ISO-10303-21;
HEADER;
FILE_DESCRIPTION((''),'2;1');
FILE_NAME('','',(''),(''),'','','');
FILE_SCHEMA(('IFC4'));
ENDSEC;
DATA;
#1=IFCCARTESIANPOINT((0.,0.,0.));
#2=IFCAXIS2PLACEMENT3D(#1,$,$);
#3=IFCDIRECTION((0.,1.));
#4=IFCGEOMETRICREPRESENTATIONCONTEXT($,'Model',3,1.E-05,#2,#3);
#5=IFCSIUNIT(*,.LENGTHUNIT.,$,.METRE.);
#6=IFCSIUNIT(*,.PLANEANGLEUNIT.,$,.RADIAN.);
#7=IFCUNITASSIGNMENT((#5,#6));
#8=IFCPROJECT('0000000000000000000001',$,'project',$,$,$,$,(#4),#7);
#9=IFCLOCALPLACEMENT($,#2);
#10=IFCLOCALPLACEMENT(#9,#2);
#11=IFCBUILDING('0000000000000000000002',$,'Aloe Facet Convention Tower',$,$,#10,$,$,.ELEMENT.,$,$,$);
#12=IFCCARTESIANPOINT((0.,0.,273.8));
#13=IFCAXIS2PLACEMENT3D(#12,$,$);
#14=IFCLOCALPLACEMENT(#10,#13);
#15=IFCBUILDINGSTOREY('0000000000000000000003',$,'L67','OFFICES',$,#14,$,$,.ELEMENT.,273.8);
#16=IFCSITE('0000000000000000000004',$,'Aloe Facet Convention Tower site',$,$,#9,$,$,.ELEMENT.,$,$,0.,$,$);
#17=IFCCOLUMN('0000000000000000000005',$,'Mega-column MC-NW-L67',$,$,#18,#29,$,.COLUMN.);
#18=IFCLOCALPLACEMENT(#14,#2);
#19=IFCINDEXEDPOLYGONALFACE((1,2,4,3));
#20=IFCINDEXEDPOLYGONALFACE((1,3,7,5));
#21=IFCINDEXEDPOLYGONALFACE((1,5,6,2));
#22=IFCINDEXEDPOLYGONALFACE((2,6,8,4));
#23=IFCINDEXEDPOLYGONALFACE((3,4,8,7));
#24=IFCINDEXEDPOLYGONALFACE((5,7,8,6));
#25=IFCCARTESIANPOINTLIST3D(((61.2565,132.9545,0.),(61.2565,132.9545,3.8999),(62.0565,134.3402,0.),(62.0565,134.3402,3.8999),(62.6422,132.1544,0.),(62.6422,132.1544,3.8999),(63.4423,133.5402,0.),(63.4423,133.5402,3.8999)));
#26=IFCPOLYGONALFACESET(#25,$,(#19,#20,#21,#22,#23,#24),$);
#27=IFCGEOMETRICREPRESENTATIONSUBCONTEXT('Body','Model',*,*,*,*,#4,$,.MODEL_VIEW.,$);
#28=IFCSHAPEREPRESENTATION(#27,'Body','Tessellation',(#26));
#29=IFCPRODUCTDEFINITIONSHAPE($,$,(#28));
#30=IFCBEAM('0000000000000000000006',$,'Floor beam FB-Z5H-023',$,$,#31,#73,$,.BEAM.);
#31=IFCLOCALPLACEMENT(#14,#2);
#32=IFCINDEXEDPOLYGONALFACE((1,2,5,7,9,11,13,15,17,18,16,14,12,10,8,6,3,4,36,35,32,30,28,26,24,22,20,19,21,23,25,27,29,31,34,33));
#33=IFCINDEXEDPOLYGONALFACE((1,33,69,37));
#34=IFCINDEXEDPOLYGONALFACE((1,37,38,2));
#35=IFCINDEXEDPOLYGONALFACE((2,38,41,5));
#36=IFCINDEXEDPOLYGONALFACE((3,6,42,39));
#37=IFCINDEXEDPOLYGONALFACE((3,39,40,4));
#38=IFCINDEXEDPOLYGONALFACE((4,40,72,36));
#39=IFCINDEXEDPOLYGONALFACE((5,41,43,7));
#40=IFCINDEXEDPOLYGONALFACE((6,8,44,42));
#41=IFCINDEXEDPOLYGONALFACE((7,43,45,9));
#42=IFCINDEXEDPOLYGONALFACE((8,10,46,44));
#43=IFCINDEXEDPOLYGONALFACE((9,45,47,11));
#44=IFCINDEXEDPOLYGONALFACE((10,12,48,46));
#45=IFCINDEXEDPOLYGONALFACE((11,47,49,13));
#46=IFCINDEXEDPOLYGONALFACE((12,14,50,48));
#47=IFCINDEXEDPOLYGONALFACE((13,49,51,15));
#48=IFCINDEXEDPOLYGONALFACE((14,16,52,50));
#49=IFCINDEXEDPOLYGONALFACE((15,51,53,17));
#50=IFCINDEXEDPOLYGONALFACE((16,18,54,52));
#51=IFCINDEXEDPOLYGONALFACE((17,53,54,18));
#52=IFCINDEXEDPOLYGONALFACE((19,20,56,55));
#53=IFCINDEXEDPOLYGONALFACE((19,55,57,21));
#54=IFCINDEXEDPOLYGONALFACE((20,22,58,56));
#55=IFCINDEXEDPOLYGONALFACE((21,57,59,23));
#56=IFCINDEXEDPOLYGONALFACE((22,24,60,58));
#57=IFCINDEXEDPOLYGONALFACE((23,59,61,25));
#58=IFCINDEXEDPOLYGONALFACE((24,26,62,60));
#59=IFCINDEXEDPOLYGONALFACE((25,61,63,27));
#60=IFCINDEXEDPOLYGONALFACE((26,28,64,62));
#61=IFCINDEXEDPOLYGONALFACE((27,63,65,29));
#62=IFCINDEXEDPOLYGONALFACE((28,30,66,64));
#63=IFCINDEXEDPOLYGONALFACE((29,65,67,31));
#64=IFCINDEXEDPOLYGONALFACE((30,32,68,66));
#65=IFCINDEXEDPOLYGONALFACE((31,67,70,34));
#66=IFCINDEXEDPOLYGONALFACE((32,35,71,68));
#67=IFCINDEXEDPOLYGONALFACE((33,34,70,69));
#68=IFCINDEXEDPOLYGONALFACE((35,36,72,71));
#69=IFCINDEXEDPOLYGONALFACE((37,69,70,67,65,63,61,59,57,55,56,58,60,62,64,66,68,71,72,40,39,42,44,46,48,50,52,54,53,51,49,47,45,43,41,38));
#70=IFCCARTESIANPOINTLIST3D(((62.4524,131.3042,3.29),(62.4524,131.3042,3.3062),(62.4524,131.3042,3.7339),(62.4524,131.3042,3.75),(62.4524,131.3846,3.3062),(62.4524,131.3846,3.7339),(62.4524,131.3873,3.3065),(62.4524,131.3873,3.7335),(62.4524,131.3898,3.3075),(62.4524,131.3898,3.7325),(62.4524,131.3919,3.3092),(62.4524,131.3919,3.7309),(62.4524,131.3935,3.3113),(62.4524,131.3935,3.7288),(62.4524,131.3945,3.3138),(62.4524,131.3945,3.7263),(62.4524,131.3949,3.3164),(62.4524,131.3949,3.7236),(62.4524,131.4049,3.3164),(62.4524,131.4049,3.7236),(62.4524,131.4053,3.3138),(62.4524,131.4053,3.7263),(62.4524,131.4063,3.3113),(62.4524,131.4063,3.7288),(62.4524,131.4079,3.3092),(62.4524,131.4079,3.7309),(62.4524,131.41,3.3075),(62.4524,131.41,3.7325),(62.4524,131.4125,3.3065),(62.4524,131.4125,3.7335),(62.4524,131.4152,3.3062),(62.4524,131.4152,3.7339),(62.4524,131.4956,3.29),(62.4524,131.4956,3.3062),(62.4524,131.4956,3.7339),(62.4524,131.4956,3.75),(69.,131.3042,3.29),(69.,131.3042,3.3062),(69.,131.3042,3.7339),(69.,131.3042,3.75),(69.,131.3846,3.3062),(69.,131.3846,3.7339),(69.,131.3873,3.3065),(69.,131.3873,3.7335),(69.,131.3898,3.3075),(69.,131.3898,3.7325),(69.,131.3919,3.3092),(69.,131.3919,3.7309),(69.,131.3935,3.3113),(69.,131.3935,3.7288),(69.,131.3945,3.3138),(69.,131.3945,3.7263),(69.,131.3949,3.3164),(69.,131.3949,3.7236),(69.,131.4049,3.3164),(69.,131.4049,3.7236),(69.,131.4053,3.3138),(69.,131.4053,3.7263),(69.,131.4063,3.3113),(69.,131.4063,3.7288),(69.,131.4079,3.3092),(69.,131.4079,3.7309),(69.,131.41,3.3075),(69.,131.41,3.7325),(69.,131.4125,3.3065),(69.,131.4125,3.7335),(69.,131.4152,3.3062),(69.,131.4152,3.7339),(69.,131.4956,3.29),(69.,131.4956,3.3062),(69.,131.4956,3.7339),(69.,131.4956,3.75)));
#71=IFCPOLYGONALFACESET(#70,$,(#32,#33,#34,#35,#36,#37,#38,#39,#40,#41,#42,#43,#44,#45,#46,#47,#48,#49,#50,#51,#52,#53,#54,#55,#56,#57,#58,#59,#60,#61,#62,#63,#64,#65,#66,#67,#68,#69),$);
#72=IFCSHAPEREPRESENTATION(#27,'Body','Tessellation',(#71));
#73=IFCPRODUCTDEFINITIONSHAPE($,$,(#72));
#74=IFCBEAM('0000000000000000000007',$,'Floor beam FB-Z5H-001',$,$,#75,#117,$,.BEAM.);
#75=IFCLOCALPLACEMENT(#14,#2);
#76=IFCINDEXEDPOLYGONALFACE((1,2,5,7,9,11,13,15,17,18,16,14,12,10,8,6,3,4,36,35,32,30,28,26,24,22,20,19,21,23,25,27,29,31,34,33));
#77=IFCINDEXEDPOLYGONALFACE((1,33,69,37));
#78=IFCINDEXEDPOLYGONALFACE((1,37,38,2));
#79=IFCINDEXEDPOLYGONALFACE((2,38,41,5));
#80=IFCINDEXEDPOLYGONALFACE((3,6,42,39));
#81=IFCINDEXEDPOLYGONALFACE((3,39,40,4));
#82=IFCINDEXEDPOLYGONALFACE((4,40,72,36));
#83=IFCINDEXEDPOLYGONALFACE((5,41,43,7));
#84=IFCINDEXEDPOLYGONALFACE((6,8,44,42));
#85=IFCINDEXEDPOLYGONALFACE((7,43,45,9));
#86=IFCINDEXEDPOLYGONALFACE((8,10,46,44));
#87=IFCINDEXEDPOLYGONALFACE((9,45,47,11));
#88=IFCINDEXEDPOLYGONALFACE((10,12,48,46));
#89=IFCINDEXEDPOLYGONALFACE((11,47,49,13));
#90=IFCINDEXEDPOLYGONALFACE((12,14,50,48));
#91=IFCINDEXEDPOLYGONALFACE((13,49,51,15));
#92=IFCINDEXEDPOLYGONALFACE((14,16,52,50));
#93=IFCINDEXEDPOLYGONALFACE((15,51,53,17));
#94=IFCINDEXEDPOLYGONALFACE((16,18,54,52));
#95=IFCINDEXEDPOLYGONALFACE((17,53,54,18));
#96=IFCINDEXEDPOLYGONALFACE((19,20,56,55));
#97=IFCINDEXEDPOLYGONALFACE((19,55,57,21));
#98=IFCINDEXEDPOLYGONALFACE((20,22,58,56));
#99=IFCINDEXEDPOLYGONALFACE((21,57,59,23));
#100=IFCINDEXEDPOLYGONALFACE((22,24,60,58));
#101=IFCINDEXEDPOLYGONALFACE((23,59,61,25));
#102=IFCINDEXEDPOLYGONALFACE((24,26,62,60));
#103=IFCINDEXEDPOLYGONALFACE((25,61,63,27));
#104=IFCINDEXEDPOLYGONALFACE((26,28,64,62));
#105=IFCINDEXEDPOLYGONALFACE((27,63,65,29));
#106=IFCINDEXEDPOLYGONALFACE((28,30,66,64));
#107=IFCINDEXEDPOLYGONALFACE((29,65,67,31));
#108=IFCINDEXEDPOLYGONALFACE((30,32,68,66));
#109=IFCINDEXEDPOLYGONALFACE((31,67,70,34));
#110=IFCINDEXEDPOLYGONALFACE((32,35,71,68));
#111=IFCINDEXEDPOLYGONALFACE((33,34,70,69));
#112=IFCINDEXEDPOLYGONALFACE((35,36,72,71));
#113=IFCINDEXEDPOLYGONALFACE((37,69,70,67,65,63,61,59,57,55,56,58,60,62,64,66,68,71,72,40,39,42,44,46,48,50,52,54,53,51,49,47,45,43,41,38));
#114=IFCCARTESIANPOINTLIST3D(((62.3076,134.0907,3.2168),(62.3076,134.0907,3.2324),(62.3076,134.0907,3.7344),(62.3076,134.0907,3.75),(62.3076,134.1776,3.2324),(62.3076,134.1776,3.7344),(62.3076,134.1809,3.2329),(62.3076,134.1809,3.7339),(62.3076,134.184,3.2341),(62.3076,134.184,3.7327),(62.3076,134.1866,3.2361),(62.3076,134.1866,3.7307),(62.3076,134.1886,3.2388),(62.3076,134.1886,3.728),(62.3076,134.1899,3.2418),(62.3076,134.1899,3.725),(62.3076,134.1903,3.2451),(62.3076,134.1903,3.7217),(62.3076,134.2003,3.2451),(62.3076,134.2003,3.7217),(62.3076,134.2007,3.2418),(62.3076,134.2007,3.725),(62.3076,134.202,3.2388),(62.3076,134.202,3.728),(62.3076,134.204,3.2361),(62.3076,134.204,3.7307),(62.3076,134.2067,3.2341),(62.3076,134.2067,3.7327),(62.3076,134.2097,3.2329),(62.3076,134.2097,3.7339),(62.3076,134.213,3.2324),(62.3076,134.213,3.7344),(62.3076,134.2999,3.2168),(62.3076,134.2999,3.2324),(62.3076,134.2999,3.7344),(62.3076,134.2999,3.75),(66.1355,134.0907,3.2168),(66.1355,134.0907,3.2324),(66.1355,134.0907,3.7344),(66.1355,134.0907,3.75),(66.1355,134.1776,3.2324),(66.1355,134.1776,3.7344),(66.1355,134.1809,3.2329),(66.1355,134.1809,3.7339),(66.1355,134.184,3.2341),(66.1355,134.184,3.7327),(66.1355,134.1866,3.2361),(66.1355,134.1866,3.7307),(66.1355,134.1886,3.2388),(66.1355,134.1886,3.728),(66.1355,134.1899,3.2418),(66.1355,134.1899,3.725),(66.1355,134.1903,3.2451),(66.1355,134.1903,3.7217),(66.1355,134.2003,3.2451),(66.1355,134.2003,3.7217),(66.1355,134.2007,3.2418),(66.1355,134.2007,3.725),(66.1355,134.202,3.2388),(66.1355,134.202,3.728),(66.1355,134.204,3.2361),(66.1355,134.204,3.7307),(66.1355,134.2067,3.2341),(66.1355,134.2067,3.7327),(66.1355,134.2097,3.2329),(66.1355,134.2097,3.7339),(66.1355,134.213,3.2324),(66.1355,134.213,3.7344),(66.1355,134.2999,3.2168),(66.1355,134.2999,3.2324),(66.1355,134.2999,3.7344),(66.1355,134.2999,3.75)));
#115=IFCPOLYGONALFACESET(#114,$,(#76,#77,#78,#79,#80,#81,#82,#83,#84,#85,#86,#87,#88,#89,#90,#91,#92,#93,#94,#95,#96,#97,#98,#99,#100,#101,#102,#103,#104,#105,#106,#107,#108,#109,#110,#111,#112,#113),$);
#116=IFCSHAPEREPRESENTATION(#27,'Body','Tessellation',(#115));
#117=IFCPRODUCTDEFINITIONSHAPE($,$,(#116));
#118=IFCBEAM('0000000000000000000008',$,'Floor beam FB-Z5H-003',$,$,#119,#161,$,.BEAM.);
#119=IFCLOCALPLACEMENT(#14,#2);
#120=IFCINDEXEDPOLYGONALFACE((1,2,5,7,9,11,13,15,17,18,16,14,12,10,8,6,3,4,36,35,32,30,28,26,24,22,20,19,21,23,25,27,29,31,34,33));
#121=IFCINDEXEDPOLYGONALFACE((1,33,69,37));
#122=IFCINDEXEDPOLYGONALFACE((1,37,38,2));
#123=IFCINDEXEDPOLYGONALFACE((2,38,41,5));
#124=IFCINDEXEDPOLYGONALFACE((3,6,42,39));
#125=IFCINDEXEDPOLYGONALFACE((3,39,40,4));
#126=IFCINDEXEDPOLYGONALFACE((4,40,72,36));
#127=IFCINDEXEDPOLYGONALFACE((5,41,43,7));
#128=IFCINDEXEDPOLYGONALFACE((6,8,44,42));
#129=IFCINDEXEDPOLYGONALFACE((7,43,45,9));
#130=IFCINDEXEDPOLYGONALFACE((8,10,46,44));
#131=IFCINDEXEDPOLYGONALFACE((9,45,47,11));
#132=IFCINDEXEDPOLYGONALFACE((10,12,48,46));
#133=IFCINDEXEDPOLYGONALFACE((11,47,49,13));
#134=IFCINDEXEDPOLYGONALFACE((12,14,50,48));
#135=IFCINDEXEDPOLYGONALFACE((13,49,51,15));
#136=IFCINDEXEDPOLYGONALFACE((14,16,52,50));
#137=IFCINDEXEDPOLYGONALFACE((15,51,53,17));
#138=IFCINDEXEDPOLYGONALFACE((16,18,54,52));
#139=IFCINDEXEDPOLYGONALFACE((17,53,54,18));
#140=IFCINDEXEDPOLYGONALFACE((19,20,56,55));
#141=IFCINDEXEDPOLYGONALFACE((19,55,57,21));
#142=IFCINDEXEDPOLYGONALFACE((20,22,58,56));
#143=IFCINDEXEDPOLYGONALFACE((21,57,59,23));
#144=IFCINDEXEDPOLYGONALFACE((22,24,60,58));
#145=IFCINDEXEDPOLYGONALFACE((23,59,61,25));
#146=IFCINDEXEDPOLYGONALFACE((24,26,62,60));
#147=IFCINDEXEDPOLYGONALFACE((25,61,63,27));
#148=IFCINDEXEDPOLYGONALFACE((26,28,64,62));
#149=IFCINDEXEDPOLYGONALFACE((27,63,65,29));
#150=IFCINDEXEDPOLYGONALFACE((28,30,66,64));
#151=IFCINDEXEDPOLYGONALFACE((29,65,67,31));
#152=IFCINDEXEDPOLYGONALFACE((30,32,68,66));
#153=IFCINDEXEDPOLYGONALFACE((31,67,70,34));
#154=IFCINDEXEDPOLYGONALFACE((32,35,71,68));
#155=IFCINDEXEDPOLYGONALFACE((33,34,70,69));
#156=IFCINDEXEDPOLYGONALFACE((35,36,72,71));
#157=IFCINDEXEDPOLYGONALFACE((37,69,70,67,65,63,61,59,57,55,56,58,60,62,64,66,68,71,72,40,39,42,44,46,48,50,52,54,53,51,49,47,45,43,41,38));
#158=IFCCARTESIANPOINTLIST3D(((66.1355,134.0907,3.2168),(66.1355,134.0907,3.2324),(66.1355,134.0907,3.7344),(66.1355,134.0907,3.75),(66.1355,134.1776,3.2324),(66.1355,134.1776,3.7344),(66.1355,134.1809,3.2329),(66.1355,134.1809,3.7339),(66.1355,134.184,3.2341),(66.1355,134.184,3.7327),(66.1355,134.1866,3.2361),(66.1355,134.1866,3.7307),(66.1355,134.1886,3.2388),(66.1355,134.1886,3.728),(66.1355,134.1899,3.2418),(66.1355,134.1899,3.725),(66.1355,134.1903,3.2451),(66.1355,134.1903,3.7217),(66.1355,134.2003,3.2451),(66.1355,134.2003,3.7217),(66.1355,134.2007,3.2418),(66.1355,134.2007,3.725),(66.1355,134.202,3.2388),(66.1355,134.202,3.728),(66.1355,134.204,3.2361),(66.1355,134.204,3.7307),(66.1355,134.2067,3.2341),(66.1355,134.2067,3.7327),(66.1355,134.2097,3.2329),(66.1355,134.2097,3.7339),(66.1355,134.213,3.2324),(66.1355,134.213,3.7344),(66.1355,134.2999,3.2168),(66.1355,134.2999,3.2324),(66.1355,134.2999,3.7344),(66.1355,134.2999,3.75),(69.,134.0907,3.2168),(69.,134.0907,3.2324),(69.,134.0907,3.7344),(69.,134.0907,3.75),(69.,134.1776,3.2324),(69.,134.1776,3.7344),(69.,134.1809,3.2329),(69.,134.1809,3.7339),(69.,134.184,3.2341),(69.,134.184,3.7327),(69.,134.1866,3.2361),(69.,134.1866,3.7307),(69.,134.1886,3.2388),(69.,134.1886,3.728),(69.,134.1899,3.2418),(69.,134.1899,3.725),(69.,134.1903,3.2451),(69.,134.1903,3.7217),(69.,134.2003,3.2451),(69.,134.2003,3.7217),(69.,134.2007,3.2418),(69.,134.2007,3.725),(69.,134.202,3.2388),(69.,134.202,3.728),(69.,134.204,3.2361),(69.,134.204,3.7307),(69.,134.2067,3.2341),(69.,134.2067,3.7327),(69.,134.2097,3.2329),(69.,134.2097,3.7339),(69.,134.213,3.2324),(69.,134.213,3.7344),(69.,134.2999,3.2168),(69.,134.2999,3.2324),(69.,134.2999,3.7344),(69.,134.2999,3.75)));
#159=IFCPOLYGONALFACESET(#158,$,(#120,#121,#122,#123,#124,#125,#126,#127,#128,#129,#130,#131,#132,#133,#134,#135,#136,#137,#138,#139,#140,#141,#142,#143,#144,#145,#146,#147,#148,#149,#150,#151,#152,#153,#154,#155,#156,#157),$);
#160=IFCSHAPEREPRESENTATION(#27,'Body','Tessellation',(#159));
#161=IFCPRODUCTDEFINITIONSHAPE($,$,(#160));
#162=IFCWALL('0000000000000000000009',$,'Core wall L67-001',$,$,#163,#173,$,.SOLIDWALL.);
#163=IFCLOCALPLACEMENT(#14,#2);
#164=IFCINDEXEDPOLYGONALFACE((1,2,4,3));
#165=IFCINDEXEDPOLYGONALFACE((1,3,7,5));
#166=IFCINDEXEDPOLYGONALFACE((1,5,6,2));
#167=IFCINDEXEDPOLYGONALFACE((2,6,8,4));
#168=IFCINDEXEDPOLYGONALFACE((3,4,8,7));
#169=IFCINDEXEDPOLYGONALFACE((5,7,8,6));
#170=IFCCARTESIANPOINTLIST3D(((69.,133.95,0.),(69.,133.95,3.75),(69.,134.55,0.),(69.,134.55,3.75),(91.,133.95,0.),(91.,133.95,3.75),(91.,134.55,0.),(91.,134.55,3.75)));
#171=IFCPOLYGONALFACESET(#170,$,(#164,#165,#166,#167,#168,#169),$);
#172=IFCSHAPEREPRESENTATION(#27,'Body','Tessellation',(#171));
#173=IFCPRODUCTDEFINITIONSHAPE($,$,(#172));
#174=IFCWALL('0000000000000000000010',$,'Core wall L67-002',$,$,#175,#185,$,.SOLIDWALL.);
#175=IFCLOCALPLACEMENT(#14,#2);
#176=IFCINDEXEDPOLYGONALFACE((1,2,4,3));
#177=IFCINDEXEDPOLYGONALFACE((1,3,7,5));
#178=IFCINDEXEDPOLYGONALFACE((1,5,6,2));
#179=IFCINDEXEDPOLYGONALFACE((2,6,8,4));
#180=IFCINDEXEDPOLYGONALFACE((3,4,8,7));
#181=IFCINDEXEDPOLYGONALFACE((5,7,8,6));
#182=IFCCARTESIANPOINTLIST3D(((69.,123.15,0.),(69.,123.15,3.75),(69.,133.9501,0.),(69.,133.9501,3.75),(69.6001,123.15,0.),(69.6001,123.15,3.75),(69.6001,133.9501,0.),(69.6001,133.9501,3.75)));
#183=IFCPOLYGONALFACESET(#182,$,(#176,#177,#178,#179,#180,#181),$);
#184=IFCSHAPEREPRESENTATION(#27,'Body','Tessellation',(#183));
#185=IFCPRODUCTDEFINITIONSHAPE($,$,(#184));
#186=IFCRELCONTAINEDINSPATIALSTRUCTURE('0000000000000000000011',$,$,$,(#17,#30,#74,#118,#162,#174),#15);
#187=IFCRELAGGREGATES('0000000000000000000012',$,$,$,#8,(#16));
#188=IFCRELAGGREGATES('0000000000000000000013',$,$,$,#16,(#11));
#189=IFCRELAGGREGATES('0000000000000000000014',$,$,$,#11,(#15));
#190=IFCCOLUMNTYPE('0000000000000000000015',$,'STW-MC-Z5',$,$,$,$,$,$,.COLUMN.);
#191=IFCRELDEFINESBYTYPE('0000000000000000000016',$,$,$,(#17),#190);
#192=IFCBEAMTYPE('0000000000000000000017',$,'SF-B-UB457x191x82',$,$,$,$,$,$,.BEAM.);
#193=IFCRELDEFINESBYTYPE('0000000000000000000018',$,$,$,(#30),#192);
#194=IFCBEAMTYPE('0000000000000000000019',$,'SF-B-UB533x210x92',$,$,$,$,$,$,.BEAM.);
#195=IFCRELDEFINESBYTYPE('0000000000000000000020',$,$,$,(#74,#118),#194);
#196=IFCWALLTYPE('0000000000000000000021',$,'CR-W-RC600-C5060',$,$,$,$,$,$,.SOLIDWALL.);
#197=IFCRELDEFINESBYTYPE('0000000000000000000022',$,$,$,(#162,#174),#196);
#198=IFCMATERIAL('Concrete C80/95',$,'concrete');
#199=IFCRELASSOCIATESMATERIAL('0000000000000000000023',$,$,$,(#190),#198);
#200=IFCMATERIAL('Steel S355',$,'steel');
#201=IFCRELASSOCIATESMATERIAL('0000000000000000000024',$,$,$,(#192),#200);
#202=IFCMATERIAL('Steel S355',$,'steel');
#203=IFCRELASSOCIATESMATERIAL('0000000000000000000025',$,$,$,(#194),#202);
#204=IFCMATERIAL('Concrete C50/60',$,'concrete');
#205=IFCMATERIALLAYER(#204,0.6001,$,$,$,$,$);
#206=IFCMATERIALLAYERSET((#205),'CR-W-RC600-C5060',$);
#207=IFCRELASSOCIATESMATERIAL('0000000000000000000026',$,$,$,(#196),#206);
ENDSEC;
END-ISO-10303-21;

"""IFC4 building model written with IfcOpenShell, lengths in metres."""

from ifc_helpers import new_model, si_unit, direction, frame, frame_2d, origin, origin_2d, place, context, subcontext, project, spatial, rectangle, i_section, extrude, material, layer, layer_set, material_profile, profile_set, type_object, element, save


model = new_model("IFC4")

# Units and contexts
model_context = context("Model", 3, precision=1e-05, world=origin(), true_north=direction((0.0, 1.0)))
body_context = subcontext(model_context, "Body", "Model", "MODEL_VIEW")
ifc_project = project(units=[si_unit("LENGTHUNIT", "METRE"), si_unit("PLANEANGLEUNIT", "RADIAN")], contexts=[model_context])

# Site, building, storey
site_placement = place(None, origin())
site = spatial("IfcSite", under=ifc_project, at=site_placement, Name="Aloe Facet Convention Tower site", CompositionType="ELEMENT", RefElevation=0.0)
building_placement = place(site_placement, origin())
building = spatial("IfcBuilding", under=site, at=building_placement, Name="Aloe Facet Convention Tower", CompositionType="ELEMENT")
storey_placement = place(building_placement, frame((0.0, 0.0, 273.8)))
storey = spatial("IfcBuildingStorey", under=building, at=storey_placement, Name="L67", Description="OFFICES", CompositionType="ELEMENT", Elevation=273.8)

# Column
ifc_material_1 = material(Name="Concrete C80/95", Category="concrete")
ifc_material_profile_1 = material_profile(ifc_material_1, rectangle(XDim=1.6001, YDim=1.6001, at=origin_2d()), Name="STW-MC-Z5")
ifc_profile_set_1 = profile_set([ifc_material_profile_1], Name="Concrete C80/95")
column_type = type_object("IfcColumnType", Name="STW-MC-Z5", PredefinedType="COLUMN", material=ifc_profile_set_1)
column_placement = place(storey_placement, frame((62.3494, 133.2473, 0.0), z_axis=(0.0, 0.0, 1.0), x_axis=(-0.5, -0.866025, 0.0)))
element("IfcColumn", 1, at=column_placement, inside=storey, type_object=column_type, Name="Mega-column MC-NW-L67", PredefinedType="COLUMN", context=body_context, shape_type="SweptSolid", body=[
    extrude(rectangle(XDim=1.6001, YDim=1.6001, at=origin_2d()), origin(), (0.0, 0.0, 1.0), 3.8999),
])

# Beams
ifc_material_2 = material(Name="Steel S355", Category="steel")
ifc_material_profile_2 = material_profile(ifc_material_2, i_section(OverallWidth=0.1914, OverallDepth=0.46, WebThickness=0.01, FlangeThickness=0.0161, FilletRadius=0.0103, at=origin_2d()), Name="UB 457x191x82")
ifc_profile_set_2 = profile_set([ifc_material_profile_2], Name="Steel S355")
beam_type_1 = type_object("IfcBeamType", Name="SF-B-UB457x191x82", PredefinedType="BEAM", material=ifc_profile_set_2)
beam_1_placement = place(storey_placement, frame((62.4524, 131.3999, 3.52), z_axis=(1.0, 0.0, 0.0), x_axis=(0.0, 1.0, 0.0)))
element("IfcBeam", 2, at=beam_1_placement, inside=storey, type_object=beam_type_1, Name="Floor beam FB-Z5H-023", PredefinedType="BEAM", context=body_context, shape_type="SweptSolid", body=[
    extrude(i_section(OverallWidth=0.1914, OverallDepth=0.46, WebThickness=0.01, FlangeThickness=0.0161, FilletRadius=0.0103, at=origin_2d()), origin(), (0.0, 0.0, 1.0), 6.5476),
])
ifc_material_3 = material(Name="Steel S355", Category="steel")
ifc_material_profile_3 = material_profile(ifc_material_3, i_section(OverallWidth=0.2092, OverallDepth=0.5332, WebThickness=0.01, FlangeThickness=0.0156, FilletRadius=0.0127, at=origin_2d()), Name="UB 533x210x92")
ifc_profile_set_3 = profile_set([ifc_material_profile_3], Name="Steel S355")
beam_type_2 = type_object("IfcBeamType", Name="SF-B-UB533x210x92", PredefinedType="BEAM", material=ifc_profile_set_3)
beam_2_placement = place(storey_placement, frame((62.3076, 134.1953, 3.4834), z_axis=(1.0, 0.0, 0.0), x_axis=(0.0, 1.0, 0.0)))
element("IfcBeam", 3, at=beam_2_placement, inside=storey, type_object=beam_type_2, Name="Floor beam FB-Z5H-001", PredefinedType="BEAM", context=body_context, shape_type="SweptSolid", body=[
    extrude(i_section(OverallWidth=0.2092, OverallDepth=0.5332, WebThickness=0.01, FlangeThickness=0.0156, FilletRadius=0.0127, at=origin_2d()), origin(), (0.0, 0.0, 1.0), 3.8279),
])
beam_3_placement = place(storey_placement, frame((66.1355, 134.1953, 3.4834), z_axis=(1.0, 0.0, 0.0), x_axis=(0.0, 1.0, 0.0)))
element("IfcBeam", 4, at=beam_3_placement, inside=storey, type_object=beam_type_2, Name="Floor beam FB-Z5H-003", PredefinedType="BEAM", context=body_context, shape_type="SweptSolid", body=[
    extrude(i_section(OverallWidth=0.2092, OverallDepth=0.5332, WebThickness=0.01, FlangeThickness=0.0156, FilletRadius=0.0127, at=origin_2d()), origin(), (0.0, 0.0, 1.0), 2.8645),
])

# Walls
ifc_material_4 = material(Name="Concrete C50/60", Category="concrete")
ifc_layer_1 = layer(ifc_material_4, 0.6001)
ifc_layer_set_1 = layer_set([ifc_layer_1], Name="CR-W-RC600-C5060")
wall_type_1 = type_object("IfcWallType", Name="CR-W-RC600-C5060", PredefinedType="SOLIDWALL", material=ifc_layer_set_1)
wall_1_placement = place(storey_placement, frame((69.0, 134.25, 0.0), z_axis=(0.0, 0.0, 1.0), x_axis=(1.0, 0.0, 0.0)))
element("IfcWall", 5, at=wall_1_placement, inside=storey, type_object=wall_type_1, Name="Core wall L67-001", PredefinedType="SOLIDWALL", context=body_context, shape_type="SweptSolid", body=[
    extrude(rectangle(XDim=22.0, YDim=0.6001, at=frame_2d((11.0, 0.0))), origin(), (0.0, 0.0, 1.0), 3.75),
])
wall_2_placement = place(storey_placement, frame((69.3, 133.95, 0.0), z_axis=(0.0, 0.0, 1.0), x_axis=(0.0, -1.0, 0.0)))
element("IfcWall", 6, at=wall_2_placement, inside=storey, type_object=wall_type_1, Name="Core wall L67-002", PredefinedType="SOLIDWALL", context=body_context, shape_type="SweptSolid", body=[
    extrude(rectangle(XDim=10.8, YDim=0.6001, at=frame_2d((5.3999, 0.0))), origin(), (0.0, 0.0, 1.0), 3.75),
])

save(model, "model.ifc")
